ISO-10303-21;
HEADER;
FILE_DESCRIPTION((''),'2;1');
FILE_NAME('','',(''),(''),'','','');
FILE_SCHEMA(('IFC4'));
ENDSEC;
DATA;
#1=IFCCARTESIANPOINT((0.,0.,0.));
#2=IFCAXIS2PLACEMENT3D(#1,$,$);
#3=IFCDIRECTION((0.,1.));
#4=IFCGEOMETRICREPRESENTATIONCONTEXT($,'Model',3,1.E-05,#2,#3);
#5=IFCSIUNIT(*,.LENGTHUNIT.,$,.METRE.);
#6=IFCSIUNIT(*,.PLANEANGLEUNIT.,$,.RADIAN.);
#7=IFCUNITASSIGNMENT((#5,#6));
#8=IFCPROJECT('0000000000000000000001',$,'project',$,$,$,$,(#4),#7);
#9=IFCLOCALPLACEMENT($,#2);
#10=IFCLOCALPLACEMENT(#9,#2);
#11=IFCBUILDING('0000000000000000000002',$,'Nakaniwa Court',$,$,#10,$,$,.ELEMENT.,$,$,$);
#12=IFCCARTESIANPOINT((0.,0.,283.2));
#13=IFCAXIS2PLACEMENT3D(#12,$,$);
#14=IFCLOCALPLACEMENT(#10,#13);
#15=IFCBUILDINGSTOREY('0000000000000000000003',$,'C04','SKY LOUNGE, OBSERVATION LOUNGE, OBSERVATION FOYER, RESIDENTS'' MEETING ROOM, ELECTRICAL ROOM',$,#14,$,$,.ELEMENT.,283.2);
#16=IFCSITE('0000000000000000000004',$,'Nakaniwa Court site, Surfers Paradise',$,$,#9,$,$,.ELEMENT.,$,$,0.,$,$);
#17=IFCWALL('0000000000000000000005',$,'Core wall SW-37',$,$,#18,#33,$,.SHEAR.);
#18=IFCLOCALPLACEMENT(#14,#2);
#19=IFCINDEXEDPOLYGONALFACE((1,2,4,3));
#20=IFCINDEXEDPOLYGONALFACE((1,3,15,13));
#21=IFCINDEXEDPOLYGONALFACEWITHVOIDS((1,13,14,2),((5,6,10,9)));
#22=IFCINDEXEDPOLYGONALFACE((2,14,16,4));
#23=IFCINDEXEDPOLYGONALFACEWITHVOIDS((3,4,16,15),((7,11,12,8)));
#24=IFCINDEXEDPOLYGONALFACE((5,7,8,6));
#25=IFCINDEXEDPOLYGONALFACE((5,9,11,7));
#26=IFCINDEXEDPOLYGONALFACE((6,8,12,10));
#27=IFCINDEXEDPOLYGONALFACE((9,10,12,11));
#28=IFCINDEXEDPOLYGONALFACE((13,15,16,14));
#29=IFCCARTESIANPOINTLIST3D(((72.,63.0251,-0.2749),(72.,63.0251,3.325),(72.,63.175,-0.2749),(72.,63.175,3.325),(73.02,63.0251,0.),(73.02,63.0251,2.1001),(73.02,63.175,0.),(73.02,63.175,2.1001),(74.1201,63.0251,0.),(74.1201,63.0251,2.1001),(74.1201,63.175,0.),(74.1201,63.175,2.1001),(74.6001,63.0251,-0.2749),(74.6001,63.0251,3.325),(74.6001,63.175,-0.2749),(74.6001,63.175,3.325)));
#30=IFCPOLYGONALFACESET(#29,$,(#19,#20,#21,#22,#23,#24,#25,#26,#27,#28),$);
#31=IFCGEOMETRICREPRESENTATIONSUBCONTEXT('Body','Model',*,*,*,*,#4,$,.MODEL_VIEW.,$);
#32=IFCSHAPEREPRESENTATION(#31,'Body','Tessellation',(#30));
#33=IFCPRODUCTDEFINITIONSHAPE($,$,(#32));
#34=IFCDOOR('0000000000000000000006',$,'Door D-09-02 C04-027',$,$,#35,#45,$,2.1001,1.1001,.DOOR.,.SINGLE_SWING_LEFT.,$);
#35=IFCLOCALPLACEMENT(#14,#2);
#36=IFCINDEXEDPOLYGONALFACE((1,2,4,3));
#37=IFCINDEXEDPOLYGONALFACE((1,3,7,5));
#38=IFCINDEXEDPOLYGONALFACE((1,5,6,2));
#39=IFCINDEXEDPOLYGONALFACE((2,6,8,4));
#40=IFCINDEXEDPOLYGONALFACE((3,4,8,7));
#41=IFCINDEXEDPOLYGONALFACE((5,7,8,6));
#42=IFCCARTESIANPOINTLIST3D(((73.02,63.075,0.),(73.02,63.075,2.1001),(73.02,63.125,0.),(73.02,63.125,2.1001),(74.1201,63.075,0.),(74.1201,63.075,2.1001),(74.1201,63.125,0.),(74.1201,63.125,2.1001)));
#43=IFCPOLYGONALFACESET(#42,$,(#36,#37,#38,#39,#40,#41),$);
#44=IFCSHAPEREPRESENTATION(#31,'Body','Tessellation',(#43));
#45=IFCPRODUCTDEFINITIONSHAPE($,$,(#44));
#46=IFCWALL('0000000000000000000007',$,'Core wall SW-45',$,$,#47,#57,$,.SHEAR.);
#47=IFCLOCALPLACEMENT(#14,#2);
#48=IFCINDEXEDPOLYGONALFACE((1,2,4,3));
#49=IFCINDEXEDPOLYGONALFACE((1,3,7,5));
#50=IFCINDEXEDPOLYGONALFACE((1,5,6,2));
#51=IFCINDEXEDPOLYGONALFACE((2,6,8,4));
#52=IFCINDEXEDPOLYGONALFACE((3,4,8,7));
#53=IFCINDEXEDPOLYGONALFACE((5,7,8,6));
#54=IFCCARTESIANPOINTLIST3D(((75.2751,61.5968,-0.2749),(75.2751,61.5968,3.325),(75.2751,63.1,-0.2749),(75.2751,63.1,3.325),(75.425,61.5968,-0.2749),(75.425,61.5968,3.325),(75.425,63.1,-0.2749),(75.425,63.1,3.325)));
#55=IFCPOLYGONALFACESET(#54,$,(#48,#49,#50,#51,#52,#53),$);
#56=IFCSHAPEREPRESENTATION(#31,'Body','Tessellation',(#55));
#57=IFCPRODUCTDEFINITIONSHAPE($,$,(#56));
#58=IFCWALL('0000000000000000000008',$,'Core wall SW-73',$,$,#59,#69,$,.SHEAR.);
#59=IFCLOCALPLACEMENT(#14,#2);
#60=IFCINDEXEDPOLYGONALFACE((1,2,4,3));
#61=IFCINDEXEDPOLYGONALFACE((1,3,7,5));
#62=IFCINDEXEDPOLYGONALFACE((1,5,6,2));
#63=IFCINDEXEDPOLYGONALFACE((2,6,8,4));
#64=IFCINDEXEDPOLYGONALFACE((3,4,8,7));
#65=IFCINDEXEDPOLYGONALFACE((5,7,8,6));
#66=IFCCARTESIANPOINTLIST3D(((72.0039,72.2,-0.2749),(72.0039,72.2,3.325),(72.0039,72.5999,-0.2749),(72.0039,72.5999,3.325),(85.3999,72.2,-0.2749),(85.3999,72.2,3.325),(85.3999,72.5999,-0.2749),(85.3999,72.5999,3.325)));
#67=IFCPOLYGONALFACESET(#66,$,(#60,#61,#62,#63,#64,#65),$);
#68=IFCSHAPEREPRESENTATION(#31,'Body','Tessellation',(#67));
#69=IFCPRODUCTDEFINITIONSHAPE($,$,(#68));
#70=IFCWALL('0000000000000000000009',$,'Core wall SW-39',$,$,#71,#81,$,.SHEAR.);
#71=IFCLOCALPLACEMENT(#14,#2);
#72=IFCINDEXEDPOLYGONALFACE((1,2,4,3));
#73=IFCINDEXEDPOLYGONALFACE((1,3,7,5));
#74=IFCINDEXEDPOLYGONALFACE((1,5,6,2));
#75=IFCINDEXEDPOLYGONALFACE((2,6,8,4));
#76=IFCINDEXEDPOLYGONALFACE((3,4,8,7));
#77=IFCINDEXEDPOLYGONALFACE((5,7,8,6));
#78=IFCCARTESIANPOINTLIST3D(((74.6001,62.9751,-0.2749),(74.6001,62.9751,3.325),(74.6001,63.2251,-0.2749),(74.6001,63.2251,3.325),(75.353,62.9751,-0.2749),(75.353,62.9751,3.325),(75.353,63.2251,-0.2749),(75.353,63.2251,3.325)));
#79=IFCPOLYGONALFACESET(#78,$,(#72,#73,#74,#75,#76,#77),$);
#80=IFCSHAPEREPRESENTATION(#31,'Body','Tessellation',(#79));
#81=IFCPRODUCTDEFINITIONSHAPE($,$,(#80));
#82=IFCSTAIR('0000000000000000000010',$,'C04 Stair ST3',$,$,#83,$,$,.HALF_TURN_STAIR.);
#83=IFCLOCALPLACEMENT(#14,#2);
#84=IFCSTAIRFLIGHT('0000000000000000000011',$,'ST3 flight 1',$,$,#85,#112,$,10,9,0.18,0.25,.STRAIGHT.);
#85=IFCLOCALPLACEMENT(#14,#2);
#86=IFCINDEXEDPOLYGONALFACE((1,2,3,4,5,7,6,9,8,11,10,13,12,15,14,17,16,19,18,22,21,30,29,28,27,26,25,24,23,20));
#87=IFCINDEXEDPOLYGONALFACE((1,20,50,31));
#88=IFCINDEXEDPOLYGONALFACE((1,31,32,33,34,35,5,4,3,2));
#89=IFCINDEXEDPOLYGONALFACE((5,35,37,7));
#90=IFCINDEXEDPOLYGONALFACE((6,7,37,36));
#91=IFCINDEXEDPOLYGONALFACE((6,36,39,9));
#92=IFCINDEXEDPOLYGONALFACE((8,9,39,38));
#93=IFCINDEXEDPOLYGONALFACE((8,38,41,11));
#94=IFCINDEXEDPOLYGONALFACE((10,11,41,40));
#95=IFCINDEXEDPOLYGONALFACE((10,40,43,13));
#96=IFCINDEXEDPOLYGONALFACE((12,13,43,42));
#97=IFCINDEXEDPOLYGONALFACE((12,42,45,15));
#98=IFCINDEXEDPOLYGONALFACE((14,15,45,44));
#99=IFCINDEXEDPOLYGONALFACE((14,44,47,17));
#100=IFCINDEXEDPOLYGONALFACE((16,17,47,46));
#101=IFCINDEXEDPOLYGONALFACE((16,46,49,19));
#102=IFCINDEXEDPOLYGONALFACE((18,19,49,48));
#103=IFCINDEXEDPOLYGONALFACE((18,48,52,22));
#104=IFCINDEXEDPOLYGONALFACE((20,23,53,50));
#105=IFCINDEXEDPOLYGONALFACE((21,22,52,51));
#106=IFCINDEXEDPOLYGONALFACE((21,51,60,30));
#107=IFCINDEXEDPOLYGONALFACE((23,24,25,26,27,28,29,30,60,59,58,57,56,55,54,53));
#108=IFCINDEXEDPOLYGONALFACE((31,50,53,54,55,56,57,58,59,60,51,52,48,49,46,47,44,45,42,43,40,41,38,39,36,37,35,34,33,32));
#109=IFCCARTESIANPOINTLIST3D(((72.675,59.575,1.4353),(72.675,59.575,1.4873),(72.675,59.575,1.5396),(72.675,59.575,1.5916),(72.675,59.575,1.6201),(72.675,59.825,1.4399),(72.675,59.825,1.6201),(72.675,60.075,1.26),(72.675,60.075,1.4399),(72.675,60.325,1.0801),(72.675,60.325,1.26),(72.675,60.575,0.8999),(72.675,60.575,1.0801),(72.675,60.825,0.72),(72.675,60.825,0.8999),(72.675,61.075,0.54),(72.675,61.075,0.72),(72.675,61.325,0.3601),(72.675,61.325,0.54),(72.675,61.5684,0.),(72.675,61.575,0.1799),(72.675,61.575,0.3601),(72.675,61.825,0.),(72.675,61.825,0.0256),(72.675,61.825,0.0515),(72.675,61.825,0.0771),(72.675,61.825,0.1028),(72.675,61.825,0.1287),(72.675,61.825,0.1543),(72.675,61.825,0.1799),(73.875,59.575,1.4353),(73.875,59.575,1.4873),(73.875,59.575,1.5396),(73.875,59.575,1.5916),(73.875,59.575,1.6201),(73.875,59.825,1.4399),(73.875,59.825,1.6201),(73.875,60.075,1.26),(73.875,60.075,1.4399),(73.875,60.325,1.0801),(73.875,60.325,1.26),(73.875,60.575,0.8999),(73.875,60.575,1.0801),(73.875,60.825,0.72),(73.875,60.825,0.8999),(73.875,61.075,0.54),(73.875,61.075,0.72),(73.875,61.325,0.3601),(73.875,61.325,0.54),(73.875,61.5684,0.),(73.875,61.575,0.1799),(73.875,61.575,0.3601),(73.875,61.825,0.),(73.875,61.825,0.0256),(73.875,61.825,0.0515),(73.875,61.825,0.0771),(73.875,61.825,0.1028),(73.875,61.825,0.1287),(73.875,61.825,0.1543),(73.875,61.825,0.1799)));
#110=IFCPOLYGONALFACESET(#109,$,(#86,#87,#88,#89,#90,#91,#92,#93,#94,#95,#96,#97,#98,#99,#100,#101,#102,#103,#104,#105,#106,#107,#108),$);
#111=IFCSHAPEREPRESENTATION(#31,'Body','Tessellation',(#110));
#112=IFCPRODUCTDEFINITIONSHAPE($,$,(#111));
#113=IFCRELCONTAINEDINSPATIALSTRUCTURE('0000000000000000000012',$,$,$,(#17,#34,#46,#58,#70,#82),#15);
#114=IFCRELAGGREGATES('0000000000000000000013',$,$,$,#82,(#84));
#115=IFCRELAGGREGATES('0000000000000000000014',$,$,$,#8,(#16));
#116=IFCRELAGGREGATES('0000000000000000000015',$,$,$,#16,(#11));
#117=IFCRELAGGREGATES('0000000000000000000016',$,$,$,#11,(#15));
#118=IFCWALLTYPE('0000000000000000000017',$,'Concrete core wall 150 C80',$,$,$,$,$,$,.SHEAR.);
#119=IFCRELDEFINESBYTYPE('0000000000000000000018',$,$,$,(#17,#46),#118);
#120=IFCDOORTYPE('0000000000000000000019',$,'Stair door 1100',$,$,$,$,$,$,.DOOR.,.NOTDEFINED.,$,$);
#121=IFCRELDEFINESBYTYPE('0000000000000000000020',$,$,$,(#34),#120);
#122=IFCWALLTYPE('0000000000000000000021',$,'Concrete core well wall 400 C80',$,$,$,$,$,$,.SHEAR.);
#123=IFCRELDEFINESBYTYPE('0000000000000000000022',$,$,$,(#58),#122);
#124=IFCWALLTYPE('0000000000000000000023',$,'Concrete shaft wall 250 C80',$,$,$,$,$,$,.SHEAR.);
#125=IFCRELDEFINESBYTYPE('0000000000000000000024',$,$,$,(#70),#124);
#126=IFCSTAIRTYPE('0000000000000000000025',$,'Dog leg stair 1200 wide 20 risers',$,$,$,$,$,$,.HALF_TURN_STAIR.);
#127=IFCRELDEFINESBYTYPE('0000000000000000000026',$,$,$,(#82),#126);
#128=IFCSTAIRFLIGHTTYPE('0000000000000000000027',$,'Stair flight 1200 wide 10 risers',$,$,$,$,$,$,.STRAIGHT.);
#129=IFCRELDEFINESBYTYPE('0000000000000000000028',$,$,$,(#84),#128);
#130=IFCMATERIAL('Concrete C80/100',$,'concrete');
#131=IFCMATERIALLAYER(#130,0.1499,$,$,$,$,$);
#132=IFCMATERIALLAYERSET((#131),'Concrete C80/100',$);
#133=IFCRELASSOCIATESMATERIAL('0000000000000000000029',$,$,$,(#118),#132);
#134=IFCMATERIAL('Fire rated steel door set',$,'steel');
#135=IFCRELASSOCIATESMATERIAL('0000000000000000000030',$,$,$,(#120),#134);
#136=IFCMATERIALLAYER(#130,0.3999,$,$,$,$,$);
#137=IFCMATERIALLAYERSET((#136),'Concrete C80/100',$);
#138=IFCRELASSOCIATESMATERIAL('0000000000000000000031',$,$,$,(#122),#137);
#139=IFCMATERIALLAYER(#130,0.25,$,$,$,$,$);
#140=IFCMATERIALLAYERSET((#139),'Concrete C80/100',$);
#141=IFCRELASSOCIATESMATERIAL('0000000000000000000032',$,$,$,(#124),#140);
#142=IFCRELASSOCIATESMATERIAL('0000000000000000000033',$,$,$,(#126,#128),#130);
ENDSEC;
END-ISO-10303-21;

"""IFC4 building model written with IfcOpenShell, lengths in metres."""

from ifc_helpers import new_model, si_unit, direction, frame, frame_2d, origin, place, context, subcontext, project, spatial, polyline, rectangle, outline, extrude, material, layer, layer_set, type_object, element, fill, aggregate, save


model = new_model("IFC4")

# Units and contexts
model_context = context("Model", 3, precision=1e-05, world=origin(), true_north=direction((0.0, 1.0)))
body_context = subcontext(model_context, "Body", "Model", "MODEL_VIEW")
ifc_project = project(units=[si_unit("LENGTHUNIT", "METRE"), si_unit("PLANEANGLEUNIT", "RADIAN")], contexts=[model_context])

# Site, building, storey
site_placement = place(None, origin())
site = spatial("IfcSite", under=ifc_project, at=site_placement, Name="Nakaniwa Court site, Surfers Paradise", CompositionType="ELEMENT", RefElevation=0.0)
building_placement = place(site_placement, origin())
building = spatial("IfcBuilding", under=site, at=building_placement, Name="Nakaniwa Court", CompositionType="ELEMENT")
storey_placement = place(building_placement, frame((0.0, 0.0, 283.2)))
storey = spatial("IfcBuildingStorey", under=building, at=storey_placement, Name="C04", Description="SKY LOUNGE, OBSERVATION LOUNGE, OBSERVATION FOYER, RESIDENTS' MEETING ROOM, ELECTRICAL ROOM", CompositionType="ELEMENT", Elevation=283.2)

# Shared definitions
ifc_material_1 = material(Name="Concrete C80/100", Category="concrete")

# Shared definitions
ifc_material_2 = material(Name="Fire rated steel door set", Category="steel")

# Wall, opening, door
ifc_layer_1 = layer(ifc_material_1, 0.1499)
ifc_layer_set_1 = layer_set([ifc_layer_1], Name="Concrete C80/100")
wall_type_1 = type_object("IfcWallType", Name="Concrete core wall 150 C80", PredefinedType="SHEAR", material=ifc_layer_set_1)
wall_1_placement = place(storey_placement, frame((72.0, 63.1001, -0.2749), z_axis=(0.0, 0.0, 1.0), x_axis=(1.0, 0.0, 0.0)))
wall_1 = element("IfcWall", 1, at=wall_1_placement, inside=storey, type_object=wall_type_1, Name="Core wall SW-37", PredefinedType="SHEAR", context=body_context, shape_type="SweptSolid", body=[
    extrude(rectangle(XDim=2.6001, YDim=0.1499, at=frame_2d((1.3, 0.0))), origin(), (0.0, 0.0, 1.0), 3.5999),
])
opening_1_placement = place(wall_1_placement, frame((1.02, 0.0, 0.2749)))
opening_1 = element("IfcOpeningElement", 2, at=opening_1_placement, cuts=wall_1, PredefinedType="OPENING", context=body_context, shape_type="SweptSolid", body=[
    extrude(rectangle(XDim=1.1001, YDim=2.1001, at=frame_2d((0.55, 1.05))), frame((0.0, 0.085, 0.0), z_axis=(0.0, -1.0, 0.0), x_axis=(1.0, 0.0, 0.0)), (0.0, 0.0, 1.0), 0.1699),
])
door_type_1 = type_object("IfcDoorType", Name="Stair door 1100", OperationType="NOTDEFINED", PredefinedType="DOOR", material=ifc_material_2)
door_1_placement = place(opening_1_placement, origin())
door_1 = element("IfcDoor", 3, at=door_1_placement, inside=storey, type_object=door_type_1, Name="Door D-09-02 C04-027", OperationType="SINGLE_SWING_LEFT", OverallHeight=2.1001, OverallWidth=1.1001, PredefinedType="DOOR", context=body_context, shape_type="SweptSolid", body=[
    extrude(rectangle(XDim=1.1001, YDim=2.1001, at=frame_2d((0.55, 1.05))), frame((0.0, 0.0249, 0.0), z_axis=(0.0, -1.0, 0.0), x_axis=(1.0, 0.0, 0.0)), (0.0, 0.0, 1.0), 0.05),
])
fill(opening_1, door_1)

# Walls
wall_2_placement = place(storey_placement, frame((75.3501, 61.5969, -0.2749), z_axis=(0.0, 0.0, 1.0), x_axis=(0.0, 1.0, 0.0)))
element("IfcWall", 4, at=wall_2_placement, inside=storey, type_object=wall_type_1, Name="Core wall SW-45", PredefinedType="SHEAR", context=body_context, shape_type="SweptSolid", body=[
    extrude(rectangle(XDim=1.5032, YDim=0.1499, at=frame_2d((0.7515, 0.0))), origin(), (0.0, 0.0, 1.0), 3.5999),
])
ifc_layer_2 = layer(ifc_material_1, 0.3999)
ifc_layer_set_2 = layer_set([ifc_layer_2], Name="Concrete C80/100")
wall_type_2 = type_object("IfcWallType", Name="Concrete core well wall 400 C80", PredefinedType="SHEAR", material=ifc_layer_set_2)
wall_3_placement = place(storey_placement, frame((72.0039, 72.3999, -0.2749), z_axis=(0.0, 0.0, 1.0), x_axis=(1.0, 0.0, 0.0)))
element("IfcWall", 5, at=wall_3_placement, inside=storey, type_object=wall_type_2, Name="Core wall SW-73", PredefinedType="SHEAR", context=body_context, shape_type="SweptSolid", body=[
    extrude(rectangle(XDim=13.396, YDim=0.3999, at=frame_2d((6.698, 0.0))), origin(), (0.0, 0.0, 1.0), 3.5999),
])
ifc_layer_3 = layer(ifc_material_1, 0.25)
ifc_layer_set_3 = layer_set([ifc_layer_3], Name="Concrete C80/100")
wall_type_3 = type_object("IfcWallType", Name="Concrete shaft wall 250 C80", PredefinedType="SHEAR", material=ifc_layer_set_3)
wall_4_placement = place(storey_placement, frame((74.6001, 63.1001, -0.2749), z_axis=(0.0, 0.0, 1.0), x_axis=(1.0, 0.0, 0.0)))
element("IfcWall", 6, at=wall_4_placement, inside=storey, type_object=wall_type_3, Name="Core wall SW-39", PredefinedType="SHEAR", context=body_context, shape_type="SweptSolid", body=[
    extrude(rectangle(XDim=0.7529, YDim=0.25, at=frame_2d((0.3765, 0.0))), origin(), (0.0, 0.0, 1.0), 3.5999),
])

# Stair, stair flight
stair_type = type_object("IfcStairType", Name="Dog leg stair 1200 wide 20 risers", PredefinedType="HALF_TURN_STAIR", material=ifc_material_1)
stair_placement = place(storey_placement, origin())
stair = element("IfcStair", 7, at=stair_placement, inside=storey, type_object=stair_type, Name="C04 Stair ST3", PredefinedType="HALF_TURN_STAIR")
stair_flight_type = type_object("IfcStairFlightType", Name="Stair flight 1200 wide 10 risers", PredefinedType="STRAIGHT", material=ifc_material_1)
stair_flight_placement = place(storey_placement, frame((73.2749, 61.825, 0.0), z_axis=(0.0, 0.0, 1.0), x_axis=(0.0, -1.0, 0.0)))
stair_flight = element("IfcStairFlight", 8, at=stair_flight_placement, type_object=stair_flight_type, Name="ST3 flight 1", NumberOfRisers=10, NumberOfTreads=9, PredefinedType="STRAIGHT", RiserHeight=0.18, TreadLength=0.25, context=body_context, shape_type="SweptSolid", body=[
    extrude(outline(polyline([(0.0, 0.0), (0.0, 0.0256), (0.0, 0.0515), (0.0, 0.0771), (0.0, 0.1028), (0.0, 0.1287), (0.0, 0.1543), (0.0, 0.1799), (0.25, 0.1799), (0.25, 0.3601), (0.5, 0.3601), (0.5, 0.54), (0.75, 0.54), (0.75, 0.72), (1.0, 0.72), (1.0, 0.8999), (1.25, 0.8999), (1.25, 1.0801), (1.5, 1.0801), (1.5, 1.26), (1.75, 1.26), (1.75, 1.4399), (2.0, 1.4399), (2.0, 1.6201), (2.25, 1.6201), (2.25, 1.8), (2.25, 1.7478), (2.25, 1.6958), (2.25, 1.6438), (2.25, 1.5916), (2.25, 1.5396), (2.25, 1.4873), (2.25, 1.4353), (0.2566, 0.0), (0.0, 0.0)])), frame((0.0, 0.6001, 0.0), z_axis=(0.0, -1.0, 0.0), x_axis=(1.0, 0.0, 0.0)), (0.0, 0.0, 1.0), 1.2),
])
aggregate(stair, [stair_flight])

save(model, "model.ifc")
